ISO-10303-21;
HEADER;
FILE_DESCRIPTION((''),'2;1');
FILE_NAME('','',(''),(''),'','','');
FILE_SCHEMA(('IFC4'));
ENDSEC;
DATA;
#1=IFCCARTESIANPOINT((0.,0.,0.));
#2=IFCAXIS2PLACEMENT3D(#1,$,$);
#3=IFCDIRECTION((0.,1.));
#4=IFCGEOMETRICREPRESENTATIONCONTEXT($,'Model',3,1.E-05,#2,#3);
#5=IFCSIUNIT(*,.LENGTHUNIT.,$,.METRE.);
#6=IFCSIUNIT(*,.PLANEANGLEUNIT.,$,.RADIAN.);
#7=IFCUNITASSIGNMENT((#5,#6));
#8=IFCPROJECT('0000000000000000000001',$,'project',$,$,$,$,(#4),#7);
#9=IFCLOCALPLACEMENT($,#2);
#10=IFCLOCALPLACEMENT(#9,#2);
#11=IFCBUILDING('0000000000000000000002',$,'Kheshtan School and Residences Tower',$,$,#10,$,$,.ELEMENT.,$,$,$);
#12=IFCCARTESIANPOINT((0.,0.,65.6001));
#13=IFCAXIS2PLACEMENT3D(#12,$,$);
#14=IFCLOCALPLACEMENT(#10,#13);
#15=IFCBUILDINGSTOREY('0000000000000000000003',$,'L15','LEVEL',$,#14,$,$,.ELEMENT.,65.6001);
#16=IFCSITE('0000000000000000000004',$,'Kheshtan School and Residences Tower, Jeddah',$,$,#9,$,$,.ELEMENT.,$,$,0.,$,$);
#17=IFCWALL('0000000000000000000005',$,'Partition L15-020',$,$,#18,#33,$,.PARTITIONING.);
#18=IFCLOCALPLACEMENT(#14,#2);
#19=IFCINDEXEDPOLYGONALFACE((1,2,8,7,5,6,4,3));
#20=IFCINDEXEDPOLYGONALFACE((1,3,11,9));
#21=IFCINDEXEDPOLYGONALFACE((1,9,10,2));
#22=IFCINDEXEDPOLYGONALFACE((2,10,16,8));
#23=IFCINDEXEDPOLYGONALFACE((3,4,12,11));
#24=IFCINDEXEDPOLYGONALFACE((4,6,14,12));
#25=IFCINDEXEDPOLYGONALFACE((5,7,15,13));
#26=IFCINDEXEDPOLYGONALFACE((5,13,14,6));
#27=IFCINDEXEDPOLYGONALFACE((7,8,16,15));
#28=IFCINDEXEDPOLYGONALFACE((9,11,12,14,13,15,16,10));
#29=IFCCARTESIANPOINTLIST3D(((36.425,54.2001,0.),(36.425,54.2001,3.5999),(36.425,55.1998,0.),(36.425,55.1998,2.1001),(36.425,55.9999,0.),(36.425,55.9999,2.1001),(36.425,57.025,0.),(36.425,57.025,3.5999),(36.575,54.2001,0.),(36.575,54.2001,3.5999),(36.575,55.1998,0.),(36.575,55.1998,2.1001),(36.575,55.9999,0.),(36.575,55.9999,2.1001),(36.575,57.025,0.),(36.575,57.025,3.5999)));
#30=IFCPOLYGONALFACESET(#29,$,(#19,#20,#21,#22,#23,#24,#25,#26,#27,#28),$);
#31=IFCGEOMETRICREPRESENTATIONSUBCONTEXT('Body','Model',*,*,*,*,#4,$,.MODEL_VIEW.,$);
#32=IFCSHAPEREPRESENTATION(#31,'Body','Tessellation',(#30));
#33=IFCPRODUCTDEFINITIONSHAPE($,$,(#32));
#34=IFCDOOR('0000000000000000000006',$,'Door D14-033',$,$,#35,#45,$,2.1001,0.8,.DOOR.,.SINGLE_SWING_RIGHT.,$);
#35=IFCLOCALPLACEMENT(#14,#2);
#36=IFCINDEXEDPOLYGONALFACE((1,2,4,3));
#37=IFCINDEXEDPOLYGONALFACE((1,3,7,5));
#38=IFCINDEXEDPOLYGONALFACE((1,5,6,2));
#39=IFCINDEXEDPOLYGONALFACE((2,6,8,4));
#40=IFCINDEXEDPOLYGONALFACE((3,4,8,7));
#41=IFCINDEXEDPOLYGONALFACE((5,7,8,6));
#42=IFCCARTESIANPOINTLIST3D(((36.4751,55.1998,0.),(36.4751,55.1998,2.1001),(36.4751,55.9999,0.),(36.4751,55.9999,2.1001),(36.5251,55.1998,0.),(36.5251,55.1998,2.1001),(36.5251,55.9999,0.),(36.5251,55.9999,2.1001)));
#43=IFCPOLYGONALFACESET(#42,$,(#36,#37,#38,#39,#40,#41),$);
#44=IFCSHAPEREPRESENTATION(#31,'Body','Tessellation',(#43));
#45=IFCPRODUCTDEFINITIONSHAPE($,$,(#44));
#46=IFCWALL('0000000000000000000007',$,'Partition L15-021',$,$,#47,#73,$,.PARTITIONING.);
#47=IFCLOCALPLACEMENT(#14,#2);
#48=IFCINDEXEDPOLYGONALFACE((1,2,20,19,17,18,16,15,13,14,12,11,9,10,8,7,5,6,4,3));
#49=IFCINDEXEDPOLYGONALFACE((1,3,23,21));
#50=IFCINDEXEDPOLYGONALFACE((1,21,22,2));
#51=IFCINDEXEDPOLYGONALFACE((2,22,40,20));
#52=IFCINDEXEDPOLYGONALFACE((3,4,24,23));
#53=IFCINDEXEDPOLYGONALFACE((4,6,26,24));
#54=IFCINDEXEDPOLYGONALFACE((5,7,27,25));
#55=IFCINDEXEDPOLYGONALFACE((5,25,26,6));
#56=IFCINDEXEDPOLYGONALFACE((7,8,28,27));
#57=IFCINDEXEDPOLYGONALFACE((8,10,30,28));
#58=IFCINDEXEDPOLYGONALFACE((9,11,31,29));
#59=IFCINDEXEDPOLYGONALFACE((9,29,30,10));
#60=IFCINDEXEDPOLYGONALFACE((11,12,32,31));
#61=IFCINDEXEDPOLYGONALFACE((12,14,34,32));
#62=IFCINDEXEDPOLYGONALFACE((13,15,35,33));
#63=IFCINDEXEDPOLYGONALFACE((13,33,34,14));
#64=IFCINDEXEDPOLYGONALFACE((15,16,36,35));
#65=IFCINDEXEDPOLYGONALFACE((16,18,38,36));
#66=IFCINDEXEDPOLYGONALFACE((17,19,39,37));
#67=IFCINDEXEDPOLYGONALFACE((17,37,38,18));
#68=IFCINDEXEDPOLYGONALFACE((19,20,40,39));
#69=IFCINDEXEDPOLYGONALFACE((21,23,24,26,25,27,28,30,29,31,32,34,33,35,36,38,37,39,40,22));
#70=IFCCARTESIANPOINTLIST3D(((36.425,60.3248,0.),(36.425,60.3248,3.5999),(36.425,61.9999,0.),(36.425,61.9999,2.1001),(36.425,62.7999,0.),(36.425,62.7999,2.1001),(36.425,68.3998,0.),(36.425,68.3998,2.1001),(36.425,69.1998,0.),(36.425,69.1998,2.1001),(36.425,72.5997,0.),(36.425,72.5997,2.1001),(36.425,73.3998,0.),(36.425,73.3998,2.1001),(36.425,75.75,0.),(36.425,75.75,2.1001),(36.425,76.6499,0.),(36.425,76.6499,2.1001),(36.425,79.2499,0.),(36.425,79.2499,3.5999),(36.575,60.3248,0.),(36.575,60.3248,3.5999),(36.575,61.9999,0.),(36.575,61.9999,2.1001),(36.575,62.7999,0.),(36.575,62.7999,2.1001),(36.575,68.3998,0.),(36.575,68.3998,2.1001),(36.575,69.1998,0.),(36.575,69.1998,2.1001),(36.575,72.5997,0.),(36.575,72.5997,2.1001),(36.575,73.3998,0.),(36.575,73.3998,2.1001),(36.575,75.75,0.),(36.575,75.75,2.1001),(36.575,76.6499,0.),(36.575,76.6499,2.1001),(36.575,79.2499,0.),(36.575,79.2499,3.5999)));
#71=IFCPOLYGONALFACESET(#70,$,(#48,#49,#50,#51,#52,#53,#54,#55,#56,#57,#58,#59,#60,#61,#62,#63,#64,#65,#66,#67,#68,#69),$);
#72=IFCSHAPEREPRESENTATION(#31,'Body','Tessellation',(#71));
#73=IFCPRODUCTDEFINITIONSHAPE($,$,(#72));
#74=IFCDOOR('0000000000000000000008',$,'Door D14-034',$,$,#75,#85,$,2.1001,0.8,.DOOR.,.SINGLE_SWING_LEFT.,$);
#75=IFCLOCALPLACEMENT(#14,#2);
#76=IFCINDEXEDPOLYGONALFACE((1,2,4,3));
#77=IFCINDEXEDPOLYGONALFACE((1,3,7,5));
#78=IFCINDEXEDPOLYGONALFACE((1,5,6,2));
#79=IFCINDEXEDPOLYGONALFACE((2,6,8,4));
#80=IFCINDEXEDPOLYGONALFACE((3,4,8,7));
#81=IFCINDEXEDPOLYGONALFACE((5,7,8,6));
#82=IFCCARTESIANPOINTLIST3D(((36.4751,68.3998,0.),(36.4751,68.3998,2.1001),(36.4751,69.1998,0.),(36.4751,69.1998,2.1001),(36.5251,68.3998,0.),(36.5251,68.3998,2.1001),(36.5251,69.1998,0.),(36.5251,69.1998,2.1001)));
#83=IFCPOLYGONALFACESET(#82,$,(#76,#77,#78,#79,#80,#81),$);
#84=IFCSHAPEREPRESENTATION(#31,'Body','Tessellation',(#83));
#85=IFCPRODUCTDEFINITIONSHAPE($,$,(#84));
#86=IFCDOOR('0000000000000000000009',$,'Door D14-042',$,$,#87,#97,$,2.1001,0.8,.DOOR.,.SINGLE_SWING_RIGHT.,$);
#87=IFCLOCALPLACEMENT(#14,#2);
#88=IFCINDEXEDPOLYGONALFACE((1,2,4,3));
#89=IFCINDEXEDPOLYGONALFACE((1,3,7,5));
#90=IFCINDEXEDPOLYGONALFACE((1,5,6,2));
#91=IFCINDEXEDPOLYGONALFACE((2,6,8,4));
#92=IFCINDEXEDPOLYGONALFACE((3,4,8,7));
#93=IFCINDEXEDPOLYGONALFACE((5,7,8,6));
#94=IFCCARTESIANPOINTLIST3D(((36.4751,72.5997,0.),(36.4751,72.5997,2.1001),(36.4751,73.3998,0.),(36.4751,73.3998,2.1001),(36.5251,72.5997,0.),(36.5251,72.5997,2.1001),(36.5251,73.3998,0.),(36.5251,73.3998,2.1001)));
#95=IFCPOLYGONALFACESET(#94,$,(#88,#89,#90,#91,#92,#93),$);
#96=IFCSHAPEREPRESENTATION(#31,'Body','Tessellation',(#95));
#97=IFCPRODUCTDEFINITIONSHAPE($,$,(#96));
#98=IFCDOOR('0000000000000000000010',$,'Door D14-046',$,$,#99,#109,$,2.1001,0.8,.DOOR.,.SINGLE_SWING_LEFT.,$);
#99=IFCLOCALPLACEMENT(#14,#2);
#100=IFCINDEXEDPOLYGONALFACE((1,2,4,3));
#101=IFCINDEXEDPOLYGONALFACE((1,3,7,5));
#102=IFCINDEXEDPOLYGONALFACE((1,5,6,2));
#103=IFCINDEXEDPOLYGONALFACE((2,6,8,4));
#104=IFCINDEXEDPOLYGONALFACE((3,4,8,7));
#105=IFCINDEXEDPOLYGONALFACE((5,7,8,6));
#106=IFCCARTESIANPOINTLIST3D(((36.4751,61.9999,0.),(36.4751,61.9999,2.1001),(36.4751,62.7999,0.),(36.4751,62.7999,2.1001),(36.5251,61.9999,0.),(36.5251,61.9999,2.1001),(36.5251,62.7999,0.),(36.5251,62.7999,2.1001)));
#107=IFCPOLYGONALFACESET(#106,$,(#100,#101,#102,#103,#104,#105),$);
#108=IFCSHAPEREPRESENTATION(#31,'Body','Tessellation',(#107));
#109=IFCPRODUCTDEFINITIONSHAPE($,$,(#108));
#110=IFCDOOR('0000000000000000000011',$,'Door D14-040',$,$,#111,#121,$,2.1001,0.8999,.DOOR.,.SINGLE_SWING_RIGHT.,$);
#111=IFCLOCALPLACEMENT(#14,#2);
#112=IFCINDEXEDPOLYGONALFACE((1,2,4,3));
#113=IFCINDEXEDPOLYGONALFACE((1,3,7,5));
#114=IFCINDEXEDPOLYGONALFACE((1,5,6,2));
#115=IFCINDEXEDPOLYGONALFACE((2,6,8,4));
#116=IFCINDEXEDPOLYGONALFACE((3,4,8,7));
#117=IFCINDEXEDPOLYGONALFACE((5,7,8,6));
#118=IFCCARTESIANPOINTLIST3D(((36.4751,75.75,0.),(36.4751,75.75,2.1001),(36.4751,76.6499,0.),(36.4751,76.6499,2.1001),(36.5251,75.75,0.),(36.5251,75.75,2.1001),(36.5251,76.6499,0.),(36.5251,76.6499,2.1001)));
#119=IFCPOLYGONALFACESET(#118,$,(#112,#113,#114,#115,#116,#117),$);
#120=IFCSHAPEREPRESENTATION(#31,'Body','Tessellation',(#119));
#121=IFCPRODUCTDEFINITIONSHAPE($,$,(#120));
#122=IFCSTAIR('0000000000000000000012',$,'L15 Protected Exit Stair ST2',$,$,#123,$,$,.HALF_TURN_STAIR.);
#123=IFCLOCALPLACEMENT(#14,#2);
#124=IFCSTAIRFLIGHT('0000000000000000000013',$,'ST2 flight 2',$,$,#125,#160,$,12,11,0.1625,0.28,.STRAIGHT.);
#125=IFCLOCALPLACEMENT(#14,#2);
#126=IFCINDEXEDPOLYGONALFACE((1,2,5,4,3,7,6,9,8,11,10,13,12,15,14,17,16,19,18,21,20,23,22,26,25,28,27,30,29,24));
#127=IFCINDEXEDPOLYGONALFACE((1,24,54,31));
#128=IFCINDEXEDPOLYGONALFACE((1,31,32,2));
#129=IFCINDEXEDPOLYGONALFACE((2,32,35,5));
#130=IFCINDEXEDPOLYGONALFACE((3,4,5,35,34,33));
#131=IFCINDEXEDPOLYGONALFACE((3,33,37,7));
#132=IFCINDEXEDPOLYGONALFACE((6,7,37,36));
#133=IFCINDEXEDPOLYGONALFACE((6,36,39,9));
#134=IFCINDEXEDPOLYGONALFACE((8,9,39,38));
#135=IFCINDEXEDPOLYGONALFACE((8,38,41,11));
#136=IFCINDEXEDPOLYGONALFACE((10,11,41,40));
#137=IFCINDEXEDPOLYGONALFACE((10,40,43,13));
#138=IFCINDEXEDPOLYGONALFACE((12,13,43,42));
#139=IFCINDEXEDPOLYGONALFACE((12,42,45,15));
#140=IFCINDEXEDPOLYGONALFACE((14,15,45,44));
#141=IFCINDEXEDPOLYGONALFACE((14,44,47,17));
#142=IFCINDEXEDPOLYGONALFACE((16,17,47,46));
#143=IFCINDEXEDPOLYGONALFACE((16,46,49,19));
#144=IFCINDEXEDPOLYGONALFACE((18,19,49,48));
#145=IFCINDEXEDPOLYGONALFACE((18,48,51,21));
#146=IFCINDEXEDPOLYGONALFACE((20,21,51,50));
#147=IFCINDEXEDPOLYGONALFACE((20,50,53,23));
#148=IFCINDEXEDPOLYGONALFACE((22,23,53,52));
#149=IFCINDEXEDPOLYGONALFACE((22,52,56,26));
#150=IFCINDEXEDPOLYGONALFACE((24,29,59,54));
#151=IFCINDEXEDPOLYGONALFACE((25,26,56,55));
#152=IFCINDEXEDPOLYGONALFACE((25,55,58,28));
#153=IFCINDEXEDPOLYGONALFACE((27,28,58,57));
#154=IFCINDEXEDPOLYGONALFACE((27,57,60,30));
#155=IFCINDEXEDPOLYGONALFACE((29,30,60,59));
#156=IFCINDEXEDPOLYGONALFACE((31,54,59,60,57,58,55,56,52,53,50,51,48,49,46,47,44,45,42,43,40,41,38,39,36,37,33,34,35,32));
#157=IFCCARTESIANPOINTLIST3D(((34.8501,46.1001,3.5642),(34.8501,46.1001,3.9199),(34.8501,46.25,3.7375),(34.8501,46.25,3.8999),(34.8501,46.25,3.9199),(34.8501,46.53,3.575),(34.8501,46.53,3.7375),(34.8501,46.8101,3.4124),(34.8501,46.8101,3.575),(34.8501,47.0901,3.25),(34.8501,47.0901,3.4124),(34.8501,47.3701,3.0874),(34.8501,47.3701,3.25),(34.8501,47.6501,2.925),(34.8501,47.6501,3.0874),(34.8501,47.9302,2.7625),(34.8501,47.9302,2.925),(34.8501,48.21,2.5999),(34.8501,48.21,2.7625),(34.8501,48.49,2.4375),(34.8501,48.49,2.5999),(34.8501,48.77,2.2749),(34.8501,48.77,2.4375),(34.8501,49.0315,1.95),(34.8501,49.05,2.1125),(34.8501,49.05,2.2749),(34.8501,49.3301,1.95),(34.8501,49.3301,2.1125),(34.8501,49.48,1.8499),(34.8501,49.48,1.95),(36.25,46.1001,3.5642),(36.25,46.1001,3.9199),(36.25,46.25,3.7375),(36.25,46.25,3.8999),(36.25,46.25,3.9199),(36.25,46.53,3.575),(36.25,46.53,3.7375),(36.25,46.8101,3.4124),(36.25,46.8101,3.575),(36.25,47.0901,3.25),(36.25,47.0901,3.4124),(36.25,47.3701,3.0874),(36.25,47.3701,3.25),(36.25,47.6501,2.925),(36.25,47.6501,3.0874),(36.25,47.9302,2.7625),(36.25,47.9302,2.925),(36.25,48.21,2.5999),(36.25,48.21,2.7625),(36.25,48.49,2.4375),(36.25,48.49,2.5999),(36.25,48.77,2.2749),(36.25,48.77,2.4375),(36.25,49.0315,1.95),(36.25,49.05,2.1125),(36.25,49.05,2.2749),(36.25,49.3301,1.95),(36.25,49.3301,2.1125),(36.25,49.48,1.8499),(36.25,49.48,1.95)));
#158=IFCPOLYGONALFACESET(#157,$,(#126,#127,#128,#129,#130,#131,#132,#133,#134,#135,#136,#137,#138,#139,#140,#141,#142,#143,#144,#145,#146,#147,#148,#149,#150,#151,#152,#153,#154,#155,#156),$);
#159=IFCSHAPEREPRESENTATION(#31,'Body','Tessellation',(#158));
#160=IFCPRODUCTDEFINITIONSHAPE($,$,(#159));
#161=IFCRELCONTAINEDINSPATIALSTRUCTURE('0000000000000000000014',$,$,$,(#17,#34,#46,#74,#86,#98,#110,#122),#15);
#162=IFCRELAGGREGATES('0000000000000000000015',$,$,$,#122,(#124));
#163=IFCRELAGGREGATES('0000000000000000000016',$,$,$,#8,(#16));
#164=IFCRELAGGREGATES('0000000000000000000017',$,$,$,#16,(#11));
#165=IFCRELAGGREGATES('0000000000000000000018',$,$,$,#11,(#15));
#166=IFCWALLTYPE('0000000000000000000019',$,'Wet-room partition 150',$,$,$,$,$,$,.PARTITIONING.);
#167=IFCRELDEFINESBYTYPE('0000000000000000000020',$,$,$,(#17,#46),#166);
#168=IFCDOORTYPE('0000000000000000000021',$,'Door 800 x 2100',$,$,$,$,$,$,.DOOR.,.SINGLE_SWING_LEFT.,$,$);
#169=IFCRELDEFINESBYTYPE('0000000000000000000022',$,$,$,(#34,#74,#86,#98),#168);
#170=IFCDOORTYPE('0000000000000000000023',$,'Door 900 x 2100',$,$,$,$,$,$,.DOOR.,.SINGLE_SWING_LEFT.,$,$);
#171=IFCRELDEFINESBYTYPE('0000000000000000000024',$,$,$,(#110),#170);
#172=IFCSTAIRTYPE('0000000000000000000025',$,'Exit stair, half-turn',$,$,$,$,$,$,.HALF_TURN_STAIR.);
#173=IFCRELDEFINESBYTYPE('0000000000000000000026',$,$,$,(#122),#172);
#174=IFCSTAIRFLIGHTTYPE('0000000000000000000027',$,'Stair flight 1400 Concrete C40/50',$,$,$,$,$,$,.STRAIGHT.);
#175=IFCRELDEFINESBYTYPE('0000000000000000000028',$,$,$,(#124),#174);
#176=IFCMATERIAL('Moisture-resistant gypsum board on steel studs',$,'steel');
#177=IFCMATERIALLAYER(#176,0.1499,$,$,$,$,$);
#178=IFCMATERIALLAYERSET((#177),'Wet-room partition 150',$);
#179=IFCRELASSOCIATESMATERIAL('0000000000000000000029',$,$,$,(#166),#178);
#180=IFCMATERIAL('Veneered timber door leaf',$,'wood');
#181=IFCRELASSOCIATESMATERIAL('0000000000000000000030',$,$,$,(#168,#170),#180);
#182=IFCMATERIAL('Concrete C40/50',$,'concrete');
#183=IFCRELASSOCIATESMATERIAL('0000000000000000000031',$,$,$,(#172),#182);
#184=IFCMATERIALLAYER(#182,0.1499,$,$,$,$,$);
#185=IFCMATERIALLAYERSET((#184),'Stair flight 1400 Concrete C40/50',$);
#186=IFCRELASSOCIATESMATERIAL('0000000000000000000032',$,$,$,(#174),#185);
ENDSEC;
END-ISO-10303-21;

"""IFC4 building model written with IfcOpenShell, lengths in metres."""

from ifc_helpers import new_model, si_unit, direction, frame, frame_2d, origin, place, context, subcontext, project, spatial, polyline, rectangle, outline, extrude, source, transform, mapped, material, layer, layer_set, type_object, element, fill, aggregate, save


model = new_model("IFC4")

# Units and contexts
model_context = context("Model", 3, precision=1e-05, world=origin(), true_north=direction((0.0, 1.0)))
body_context = subcontext(model_context, "Body", "Model", "MODEL_VIEW")
ifc_project = project(units=[si_unit("LENGTHUNIT", "METRE"), si_unit("PLANEANGLEUNIT", "RADIAN")], contexts=[model_context])

# Site, building, storey
site_placement = place(None, origin())
site = spatial("IfcSite", under=ifc_project, at=site_placement, Name="Kheshtan School and Residences Tower, Jeddah", CompositionType="ELEMENT", RefElevation=0.0)
building_placement = place(site_placement, origin())
building = spatial("IfcBuilding", under=site, at=building_placement, Name="Kheshtan School and Residences Tower", CompositionType="ELEMENT")
storey_placement = place(building_placement, frame((0.0, 0.0, 65.6001)))
storey = spatial("IfcBuildingStorey", under=building, at=storey_placement, Name="L15", Description="LEVEL", CompositionType="ELEMENT", Elevation=65.6001)

# Shared definitions
ifc_material_1 = material(Name="Concrete C40/50", Category="concrete")
ifc_material_2 = material(Name="Moisture-resistant gypsum board on steel studs", Category="steel")
ifc_layer_1 = layer(ifc_material_2, 0.1499)
ifc_layer_set_1 = layer_set([ifc_layer_1], Name="Wet-room partition 150")
wall_type_1 = type_object("IfcWallType", Name="Wet-room partition 150", PredefinedType="PARTITIONING", material=ifc_layer_set_1)

# Wall, opening, door
wall_1_placement = place(storey_placement, frame((36.5, 54.2, 0.0), z_axis=(0.0, 0.0, 1.0), x_axis=(0.0, 1.0, 0.0)))
wall_1 = element("IfcWall", 1, at=wall_1_placement, inside=storey, type_object=wall_type_1, Name="Partition L15-020", PredefinedType="PARTITIONING", context=body_context, shape_type="SweptSolid", body=[
    extrude(rectangle(XDim=2.825, YDim=0.1499, at=frame_2d((1.4126, 0.0))), origin(), (0.0, 0.0, 1.0), 3.5999),
])
opening_1_placement = place(wall_1_placement, frame((1.0, 0.0, 0.0)))
opening_1 = element("IfcOpeningElement", 2, at=opening_1_placement, cuts=wall_1, PredefinedType="OPENING", context=body_context, shape_type="SweptSolid", body=[
    extrude(rectangle(XDim=0.8, YDim=2.1001, at=frame_2d((0.3999, 1.05))), frame((0.0, 0.085, 0.0), z_axis=(0.0, -1.0, 0.0), x_axis=(1.0, 0.0, 0.0)), (0.0, 0.0, 1.0), 0.1699),
])
ifc_material_3 = material(Name="Veneered timber door leaf", Category="wood")
door_type_1 = type_object("IfcDoorType", Name="Door 800 x 2100", OperationType="SINGLE_SWING_LEFT", PredefinedType="DOOR", material=ifc_material_3)
shared_shape_1 = source(origin(), body_context, "Body", "SweptSolid", [
    extrude(rectangle(XDim=0.8, YDim=2.1001, at=frame_2d((0.3999, 1.05))), frame((0.0, 0.0249, 0.0), z_axis=(0.0, -1.0, 0.0), x_axis=(1.0, 0.0, 0.0)), (0.0, 0.0, 1.0), 0.05),
])
door_1_placement = place(opening_1_placement, origin())
door_1 = element("IfcDoor", 3, at=door_1_placement, inside=storey, type_object=door_type_1, Name="Door D14-033", OperationType="SINGLE_SWING_RIGHT", OverallHeight=2.1001, OverallWidth=0.8, PredefinedType="DOOR", context=body_context, shape_type="MappedRepresentation", body=[
    mapped(shared_shape_1, transform((0.0, 0.0, 0.0), x_axis=(1.0, 0.0, 0.0), y_axis=(0.0, 1.0, 0.0), z_axis=(0.0, 0.0, 1.0), scale=1.0)),
])
fill(opening_1, door_1)

# Wall, openings, doors
wall_2_placement = place(storey_placement, frame((36.5, 60.325, 0.0), z_axis=(0.0, 0.0, 1.0), x_axis=(0.0, 1.0, 0.0)))
wall_2 = element("IfcWall", 4, at=wall_2_placement, inside=storey, type_object=wall_type_1, Name="Partition L15-021", PredefinedType="PARTITIONING", context=body_context, shape_type="SweptSolid", body=[
    extrude(rectangle(XDim=18.925, YDim=0.1499, at=frame_2d((9.4624, 0.0))), origin(), (0.0, 0.0, 1.0), 3.5999),
])
opening_2_placement = place(wall_2_placement, frame((8.075, 0.0, 0.0)))
opening_2 = element("IfcOpeningElement", 5, at=opening_2_placement, cuts=wall_2, PredefinedType="OPENING", context=body_context, shape_type="SweptSolid", body=[
    extrude(rectangle(XDim=0.8, YDim=2.1001, at=frame_2d((0.3999, 1.05))), frame((0.0, 0.085, 0.0), z_axis=(0.0, -1.0, 0.0), x_axis=(1.0, 0.0, 0.0)), (0.0, 0.0, 1.0), 0.1699),
])
opening_3_placement = place(wall_2_placement, frame((15.425, 0.0, 0.0)))
opening_3 = element("IfcOpeningElement", 6, at=opening_3_placement, cuts=wall_2, PredefinedType="OPENING", context=body_context, shape_type="SweptSolid", body=[
    extrude(rectangle(XDim=0.8999, YDim=2.1001, at=frame_2d((0.45, 1.05))), frame((0.0, 0.085, 0.0), z_axis=(0.0, -1.0, 0.0), x_axis=(1.0, 0.0, 0.0)), (0.0, 0.0, 1.0), 0.1699),
])
opening_4_placement = place(wall_2_placement, frame((12.2749, 0.0, 0.0)))
opening_4 = element("IfcOpeningElement", 7, at=opening_4_placement, cuts=wall_2, PredefinedType="OPENING", context=body_context, shape_type="SweptSolid", body=[
    extrude(rectangle(XDim=0.8, YDim=2.1001, at=frame_2d((0.3999, 1.05))), frame((0.0, 0.085, 0.0), z_axis=(0.0, -1.0, 0.0), x_axis=(1.0, 0.0, 0.0)), (0.0, 0.0, 1.0), 0.1699),
])
opening_5_placement = place(wall_2_placement, frame((1.675, 0.0, 0.0)))
opening_5 = element("IfcOpeningElement", 8, at=opening_5_placement, cuts=wall_2, PredefinedType="OPENING", context=body_context, shape_type="SweptSolid", body=[
    extrude(rectangle(XDim=0.8, YDim=2.1001, at=frame_2d((0.3999, 1.05))), frame((0.0, 0.085, 0.0), z_axis=(0.0, -1.0, 0.0), x_axis=(1.0, 0.0, 0.0)), (0.0, 0.0, 1.0), 0.1699),
])
door_2_placement = place(opening_2_placement, origin())
door_2 = element("IfcDoor", 9, at=door_2_placement, inside=storey, type_object=door_type_1, Name="Door D14-034", OperationType="SINGLE_SWING_LEFT", OverallHeight=2.1001, OverallWidth=0.8, PredefinedType="DOOR", context=body_context, shape_type="MappedRepresentation", body=[
    mapped(shared_shape_1, transform((0.0, 0.0, 0.0), x_axis=(1.0, 0.0, 0.0), y_axis=(0.0, 1.0, 0.0), z_axis=(0.0, 0.0, 1.0), scale=1.0)),
])
fill(opening_2, door_2)
door_3_placement = place(opening_4_placement, origin())
door_3 = element("IfcDoor", 10, at=door_3_placement, inside=storey, type_object=door_type_1, Name="Door D14-042", OperationType="SINGLE_SWING_RIGHT", OverallHeight=2.1001, OverallWidth=0.8, PredefinedType="DOOR", context=body_context, shape_type="MappedRepresentation", body=[
    mapped(shared_shape_1, transform((0.0, 0.0, 0.0), x_axis=(1.0, 0.0, 0.0), y_axis=(0.0, 1.0, 0.0), z_axis=(0.0, 0.0, 1.0), scale=1.0)),
])
fill(opening_4, door_3)
door_4_placement = place(opening_5_placement, origin())
door_4 = element("IfcDoor", 11, at=door_4_placement, inside=storey, type_object=door_type_1, Name="Door D14-046", OperationType="SINGLE_SWING_LEFT", OverallHeight=2.1001, OverallWidth=0.8, PredefinedType="DOOR", context=body_context, shape_type="MappedRepresentation", body=[
    mapped(shared_shape_1, transform((0.0, 0.0, 0.0), x_axis=(1.0, 0.0, 0.0), y_axis=(0.0, 1.0, 0.0), z_axis=(0.0, 0.0, 1.0), scale=1.0)),
])
fill(opening_5, door_4)
door_type_2 = type_object("IfcDoorType", Name="Door 900 x 2100", OperationType="SINGLE_SWING_LEFT", PredefinedType="DOOR", material=ifc_material_3)
shared_shape_2 = source(origin(), body_context, "Body", "SweptSolid", [
    extrude(rectangle(XDim=0.8999, YDim=2.1001, at=frame_2d((0.45, 1.05))), frame((0.0, 0.0249, 0.0), z_axis=(0.0, -1.0, 0.0), x_axis=(1.0, 0.0, 0.0)), (0.0, 0.0, 1.0), 0.05),
])
door_5_placement = place(opening_3_placement, origin())
door_5 = element("IfcDoor", 12, at=door_5_placement, inside=storey, type_object=door_type_2, Name="Door D14-040", OperationType="SINGLE_SWING_RIGHT", OverallHeight=2.1001, OverallWidth=0.8999, PredefinedType="DOOR", context=body_context, shape_type="MappedRepresentation", body=[
    mapped(shared_shape_2, transform((0.0, 0.0, 0.0), x_axis=(1.0, 0.0, 0.0), y_axis=(0.0, 1.0, 0.0), z_axis=(0.0, 0.0, 1.0), scale=1.0)),
])
fill(opening_3, door_5)

# Stair, stair flight
stair_type = type_object("IfcStairType", Name="Exit stair, half-turn", PredefinedType="HALF_TURN_STAIR", material=ifc_material_1)
stair_placement = place(storey_placement, origin())
stair = element("IfcStair", 13, at=stair_placement, inside=storey, type_object=stair_type, Name="L15 Protected Exit Stair ST2", PredefinedType="HALF_TURN_STAIR")
ifc_layer_2 = layer(ifc_material_1, 0.1499)
ifc_layer_set_2 = layer_set([ifc_layer_2], Name="Stair flight 1400 Concrete C40/50")
stair_flight_type = type_object("IfcStairFlightType", Name="Stair flight 1400 Concrete C40/50", PredefinedType="STRAIGHT", material=ifc_layer_set_2)
stair_flight_placement = place(storey_placement, frame((35.55, 49.3301, 1.95), z_axis=(0.0, 0.0, 1.0), x_axis=(0.0, -1.0, 0.0)))
stair_flight = element("IfcStairFlight", 14, at=stair_flight_placement, type_object=stair_flight_type, Name="ST2 flight 2", NumberOfRisers=12, NumberOfTreads=11, PredefinedType="STRAIGHT", RiserHeight=0.1625, TreadLength=0.28, context=body_context, shape_type="SweptSolid", body=[
    extrude(outline(polyline([(-0.1499, -0.1001), (-0.1499, 0.0), (0.0, 0.0), (0.0, 0.1626), (0.28, 0.1626), (0.28, 0.325), (0.5601, 0.325), (0.5601, 0.4875), (0.8401, 0.4875), (0.8401, 0.6499), (1.1201, 0.6499), (1.1201, 0.8125), (1.3999, 0.8125), (1.3999, 0.9751), (1.6799, 0.9751), (1.6799, 1.1375), (1.96, 1.1375), (1.96, 1.3), (2.24, 1.3), (2.24, 1.4624), (2.52, 1.4624), (2.52, 1.625), (2.8, 1.625), (2.8, 1.7876), (3.0801, 1.7876), (3.0801, 1.95), (3.0801, 1.97), (3.23, 1.97), (3.23, 1.6143), (0.2986, 0.0), (-0.1499, -0.1001)])), frame((0.0, 0.7, 0.0), z_axis=(0.0, -1.0, 0.0), x_axis=(1.0, 0.0, 0.0)), (0.0, 0.0, 1.0), 1.3999),
])
aggregate(stair, [stair_flight])

save(model, "model.ifc")
